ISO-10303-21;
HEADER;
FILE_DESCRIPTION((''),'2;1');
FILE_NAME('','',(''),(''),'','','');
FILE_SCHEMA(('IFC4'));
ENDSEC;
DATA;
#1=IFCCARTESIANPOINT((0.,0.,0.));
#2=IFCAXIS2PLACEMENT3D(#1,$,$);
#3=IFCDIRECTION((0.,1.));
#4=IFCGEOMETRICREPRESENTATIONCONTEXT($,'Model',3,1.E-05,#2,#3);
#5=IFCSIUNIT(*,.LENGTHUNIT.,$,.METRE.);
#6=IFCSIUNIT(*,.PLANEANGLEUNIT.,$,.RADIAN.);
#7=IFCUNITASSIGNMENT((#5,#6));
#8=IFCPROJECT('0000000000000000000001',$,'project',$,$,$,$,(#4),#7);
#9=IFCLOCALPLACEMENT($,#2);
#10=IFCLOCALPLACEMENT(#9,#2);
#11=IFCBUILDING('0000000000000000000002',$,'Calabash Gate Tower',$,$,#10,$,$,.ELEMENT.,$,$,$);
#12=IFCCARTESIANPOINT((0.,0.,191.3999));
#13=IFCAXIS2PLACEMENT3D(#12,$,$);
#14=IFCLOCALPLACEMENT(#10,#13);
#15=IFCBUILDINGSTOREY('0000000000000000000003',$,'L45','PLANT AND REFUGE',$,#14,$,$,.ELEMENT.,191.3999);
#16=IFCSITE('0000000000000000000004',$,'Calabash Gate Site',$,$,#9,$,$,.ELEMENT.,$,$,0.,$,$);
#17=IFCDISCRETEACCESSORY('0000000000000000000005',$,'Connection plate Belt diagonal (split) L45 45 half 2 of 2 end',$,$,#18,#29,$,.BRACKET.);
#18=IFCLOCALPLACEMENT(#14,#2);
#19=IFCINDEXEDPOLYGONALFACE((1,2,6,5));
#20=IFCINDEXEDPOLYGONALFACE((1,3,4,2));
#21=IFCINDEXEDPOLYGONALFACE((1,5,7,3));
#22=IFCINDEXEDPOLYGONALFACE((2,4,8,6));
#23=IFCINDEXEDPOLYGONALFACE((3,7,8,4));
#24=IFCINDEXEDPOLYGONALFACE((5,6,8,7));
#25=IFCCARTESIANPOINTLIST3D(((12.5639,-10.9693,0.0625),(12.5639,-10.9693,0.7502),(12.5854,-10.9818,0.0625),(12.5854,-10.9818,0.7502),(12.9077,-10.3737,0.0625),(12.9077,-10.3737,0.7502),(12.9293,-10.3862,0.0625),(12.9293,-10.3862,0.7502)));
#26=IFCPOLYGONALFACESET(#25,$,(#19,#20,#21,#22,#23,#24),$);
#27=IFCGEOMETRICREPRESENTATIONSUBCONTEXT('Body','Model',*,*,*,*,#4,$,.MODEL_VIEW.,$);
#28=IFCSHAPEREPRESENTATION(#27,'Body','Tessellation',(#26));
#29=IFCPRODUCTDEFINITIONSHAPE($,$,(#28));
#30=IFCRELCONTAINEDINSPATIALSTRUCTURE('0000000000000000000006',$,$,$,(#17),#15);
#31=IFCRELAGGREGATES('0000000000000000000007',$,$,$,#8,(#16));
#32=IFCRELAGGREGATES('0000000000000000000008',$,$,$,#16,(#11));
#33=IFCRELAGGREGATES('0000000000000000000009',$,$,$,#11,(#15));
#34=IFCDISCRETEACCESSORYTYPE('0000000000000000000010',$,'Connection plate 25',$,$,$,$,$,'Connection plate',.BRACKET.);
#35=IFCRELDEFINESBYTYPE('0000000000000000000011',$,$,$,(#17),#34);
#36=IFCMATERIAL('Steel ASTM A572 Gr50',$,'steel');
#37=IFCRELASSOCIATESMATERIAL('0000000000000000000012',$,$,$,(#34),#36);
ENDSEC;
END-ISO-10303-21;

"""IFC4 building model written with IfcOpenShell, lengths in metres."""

from ifc_helpers import new_model, si_unit, direction, frame, origin, origin_2d, place, context, subcontext, project, spatial, rectangle, extrude, material, type_object, element, save


model = new_model("IFC4")

# Units and contexts
model_context = context("Model", 3, precision=1e-05, world=origin(), true_north=direction((0.0, 1.0)))
body_context = subcontext(model_context, "Body", "Model", "MODEL_VIEW")
ifc_project = project(units=[si_unit("LENGTHUNIT", "METRE"), si_unit("PLANEANGLEUNIT", "RADIAN")], contexts=[model_context])

# Site, building, storey
site_placement = place(None, origin())
site = spatial("IfcSite", under=ifc_project, at=site_placement, Name="Calabash Gate Site", CompositionType="ELEMENT", RefElevation=0.0)
building_placement = place(site_placement, origin())
building = spatial("IfcBuilding", under=site, at=building_placement, Name="Calabash Gate Tower", CompositionType="ELEMENT")
storey_placement = place(building_placement, frame((0.0, 0.0, 191.3999)))
storey = spatial("IfcBuildingStorey", under=building, at=storey_placement, Name="L45", Description="PLANT AND REFUGE", CompositionType="ELEMENT", Elevation=191.3999)

# Discrete accessory
ifc_material_1 = material(Name="Steel ASTM A572 Gr50", Category="steel")
discrete_accessory_type = type_object("IfcDiscreteAccessoryType", Name="Connection plate 25", ElementType="Connection plate", PredefinedType="BRACKET", material=ifc_material_1)
for number, where, z_axis, x_axis, name in (
    (1, (12.7466, -10.6777, 0.0625), (0.0, 0.0, 1.0), (0.5, 0.866025, 0.0), "Connection plate Belt diagonal (split) L45 45 half 2 of 2 end"),
):
    element("IfcDiscreteAccessory", number, at=place(storey_placement, frame(where, z_axis=z_axis, x_axis=x_axis)), inside=storey, type_object=discrete_accessory_type, Name=name, PredefinedType="BRACKET", context=body_context, shape_type="SweptSolid", body=[
        extrude(rectangle(XDim=0.6877, YDim=0.0249, at=origin_2d()), origin(), (0.0, 0.0, 1.0), 0.6877),
    ])

save(model, "model.ifc")
